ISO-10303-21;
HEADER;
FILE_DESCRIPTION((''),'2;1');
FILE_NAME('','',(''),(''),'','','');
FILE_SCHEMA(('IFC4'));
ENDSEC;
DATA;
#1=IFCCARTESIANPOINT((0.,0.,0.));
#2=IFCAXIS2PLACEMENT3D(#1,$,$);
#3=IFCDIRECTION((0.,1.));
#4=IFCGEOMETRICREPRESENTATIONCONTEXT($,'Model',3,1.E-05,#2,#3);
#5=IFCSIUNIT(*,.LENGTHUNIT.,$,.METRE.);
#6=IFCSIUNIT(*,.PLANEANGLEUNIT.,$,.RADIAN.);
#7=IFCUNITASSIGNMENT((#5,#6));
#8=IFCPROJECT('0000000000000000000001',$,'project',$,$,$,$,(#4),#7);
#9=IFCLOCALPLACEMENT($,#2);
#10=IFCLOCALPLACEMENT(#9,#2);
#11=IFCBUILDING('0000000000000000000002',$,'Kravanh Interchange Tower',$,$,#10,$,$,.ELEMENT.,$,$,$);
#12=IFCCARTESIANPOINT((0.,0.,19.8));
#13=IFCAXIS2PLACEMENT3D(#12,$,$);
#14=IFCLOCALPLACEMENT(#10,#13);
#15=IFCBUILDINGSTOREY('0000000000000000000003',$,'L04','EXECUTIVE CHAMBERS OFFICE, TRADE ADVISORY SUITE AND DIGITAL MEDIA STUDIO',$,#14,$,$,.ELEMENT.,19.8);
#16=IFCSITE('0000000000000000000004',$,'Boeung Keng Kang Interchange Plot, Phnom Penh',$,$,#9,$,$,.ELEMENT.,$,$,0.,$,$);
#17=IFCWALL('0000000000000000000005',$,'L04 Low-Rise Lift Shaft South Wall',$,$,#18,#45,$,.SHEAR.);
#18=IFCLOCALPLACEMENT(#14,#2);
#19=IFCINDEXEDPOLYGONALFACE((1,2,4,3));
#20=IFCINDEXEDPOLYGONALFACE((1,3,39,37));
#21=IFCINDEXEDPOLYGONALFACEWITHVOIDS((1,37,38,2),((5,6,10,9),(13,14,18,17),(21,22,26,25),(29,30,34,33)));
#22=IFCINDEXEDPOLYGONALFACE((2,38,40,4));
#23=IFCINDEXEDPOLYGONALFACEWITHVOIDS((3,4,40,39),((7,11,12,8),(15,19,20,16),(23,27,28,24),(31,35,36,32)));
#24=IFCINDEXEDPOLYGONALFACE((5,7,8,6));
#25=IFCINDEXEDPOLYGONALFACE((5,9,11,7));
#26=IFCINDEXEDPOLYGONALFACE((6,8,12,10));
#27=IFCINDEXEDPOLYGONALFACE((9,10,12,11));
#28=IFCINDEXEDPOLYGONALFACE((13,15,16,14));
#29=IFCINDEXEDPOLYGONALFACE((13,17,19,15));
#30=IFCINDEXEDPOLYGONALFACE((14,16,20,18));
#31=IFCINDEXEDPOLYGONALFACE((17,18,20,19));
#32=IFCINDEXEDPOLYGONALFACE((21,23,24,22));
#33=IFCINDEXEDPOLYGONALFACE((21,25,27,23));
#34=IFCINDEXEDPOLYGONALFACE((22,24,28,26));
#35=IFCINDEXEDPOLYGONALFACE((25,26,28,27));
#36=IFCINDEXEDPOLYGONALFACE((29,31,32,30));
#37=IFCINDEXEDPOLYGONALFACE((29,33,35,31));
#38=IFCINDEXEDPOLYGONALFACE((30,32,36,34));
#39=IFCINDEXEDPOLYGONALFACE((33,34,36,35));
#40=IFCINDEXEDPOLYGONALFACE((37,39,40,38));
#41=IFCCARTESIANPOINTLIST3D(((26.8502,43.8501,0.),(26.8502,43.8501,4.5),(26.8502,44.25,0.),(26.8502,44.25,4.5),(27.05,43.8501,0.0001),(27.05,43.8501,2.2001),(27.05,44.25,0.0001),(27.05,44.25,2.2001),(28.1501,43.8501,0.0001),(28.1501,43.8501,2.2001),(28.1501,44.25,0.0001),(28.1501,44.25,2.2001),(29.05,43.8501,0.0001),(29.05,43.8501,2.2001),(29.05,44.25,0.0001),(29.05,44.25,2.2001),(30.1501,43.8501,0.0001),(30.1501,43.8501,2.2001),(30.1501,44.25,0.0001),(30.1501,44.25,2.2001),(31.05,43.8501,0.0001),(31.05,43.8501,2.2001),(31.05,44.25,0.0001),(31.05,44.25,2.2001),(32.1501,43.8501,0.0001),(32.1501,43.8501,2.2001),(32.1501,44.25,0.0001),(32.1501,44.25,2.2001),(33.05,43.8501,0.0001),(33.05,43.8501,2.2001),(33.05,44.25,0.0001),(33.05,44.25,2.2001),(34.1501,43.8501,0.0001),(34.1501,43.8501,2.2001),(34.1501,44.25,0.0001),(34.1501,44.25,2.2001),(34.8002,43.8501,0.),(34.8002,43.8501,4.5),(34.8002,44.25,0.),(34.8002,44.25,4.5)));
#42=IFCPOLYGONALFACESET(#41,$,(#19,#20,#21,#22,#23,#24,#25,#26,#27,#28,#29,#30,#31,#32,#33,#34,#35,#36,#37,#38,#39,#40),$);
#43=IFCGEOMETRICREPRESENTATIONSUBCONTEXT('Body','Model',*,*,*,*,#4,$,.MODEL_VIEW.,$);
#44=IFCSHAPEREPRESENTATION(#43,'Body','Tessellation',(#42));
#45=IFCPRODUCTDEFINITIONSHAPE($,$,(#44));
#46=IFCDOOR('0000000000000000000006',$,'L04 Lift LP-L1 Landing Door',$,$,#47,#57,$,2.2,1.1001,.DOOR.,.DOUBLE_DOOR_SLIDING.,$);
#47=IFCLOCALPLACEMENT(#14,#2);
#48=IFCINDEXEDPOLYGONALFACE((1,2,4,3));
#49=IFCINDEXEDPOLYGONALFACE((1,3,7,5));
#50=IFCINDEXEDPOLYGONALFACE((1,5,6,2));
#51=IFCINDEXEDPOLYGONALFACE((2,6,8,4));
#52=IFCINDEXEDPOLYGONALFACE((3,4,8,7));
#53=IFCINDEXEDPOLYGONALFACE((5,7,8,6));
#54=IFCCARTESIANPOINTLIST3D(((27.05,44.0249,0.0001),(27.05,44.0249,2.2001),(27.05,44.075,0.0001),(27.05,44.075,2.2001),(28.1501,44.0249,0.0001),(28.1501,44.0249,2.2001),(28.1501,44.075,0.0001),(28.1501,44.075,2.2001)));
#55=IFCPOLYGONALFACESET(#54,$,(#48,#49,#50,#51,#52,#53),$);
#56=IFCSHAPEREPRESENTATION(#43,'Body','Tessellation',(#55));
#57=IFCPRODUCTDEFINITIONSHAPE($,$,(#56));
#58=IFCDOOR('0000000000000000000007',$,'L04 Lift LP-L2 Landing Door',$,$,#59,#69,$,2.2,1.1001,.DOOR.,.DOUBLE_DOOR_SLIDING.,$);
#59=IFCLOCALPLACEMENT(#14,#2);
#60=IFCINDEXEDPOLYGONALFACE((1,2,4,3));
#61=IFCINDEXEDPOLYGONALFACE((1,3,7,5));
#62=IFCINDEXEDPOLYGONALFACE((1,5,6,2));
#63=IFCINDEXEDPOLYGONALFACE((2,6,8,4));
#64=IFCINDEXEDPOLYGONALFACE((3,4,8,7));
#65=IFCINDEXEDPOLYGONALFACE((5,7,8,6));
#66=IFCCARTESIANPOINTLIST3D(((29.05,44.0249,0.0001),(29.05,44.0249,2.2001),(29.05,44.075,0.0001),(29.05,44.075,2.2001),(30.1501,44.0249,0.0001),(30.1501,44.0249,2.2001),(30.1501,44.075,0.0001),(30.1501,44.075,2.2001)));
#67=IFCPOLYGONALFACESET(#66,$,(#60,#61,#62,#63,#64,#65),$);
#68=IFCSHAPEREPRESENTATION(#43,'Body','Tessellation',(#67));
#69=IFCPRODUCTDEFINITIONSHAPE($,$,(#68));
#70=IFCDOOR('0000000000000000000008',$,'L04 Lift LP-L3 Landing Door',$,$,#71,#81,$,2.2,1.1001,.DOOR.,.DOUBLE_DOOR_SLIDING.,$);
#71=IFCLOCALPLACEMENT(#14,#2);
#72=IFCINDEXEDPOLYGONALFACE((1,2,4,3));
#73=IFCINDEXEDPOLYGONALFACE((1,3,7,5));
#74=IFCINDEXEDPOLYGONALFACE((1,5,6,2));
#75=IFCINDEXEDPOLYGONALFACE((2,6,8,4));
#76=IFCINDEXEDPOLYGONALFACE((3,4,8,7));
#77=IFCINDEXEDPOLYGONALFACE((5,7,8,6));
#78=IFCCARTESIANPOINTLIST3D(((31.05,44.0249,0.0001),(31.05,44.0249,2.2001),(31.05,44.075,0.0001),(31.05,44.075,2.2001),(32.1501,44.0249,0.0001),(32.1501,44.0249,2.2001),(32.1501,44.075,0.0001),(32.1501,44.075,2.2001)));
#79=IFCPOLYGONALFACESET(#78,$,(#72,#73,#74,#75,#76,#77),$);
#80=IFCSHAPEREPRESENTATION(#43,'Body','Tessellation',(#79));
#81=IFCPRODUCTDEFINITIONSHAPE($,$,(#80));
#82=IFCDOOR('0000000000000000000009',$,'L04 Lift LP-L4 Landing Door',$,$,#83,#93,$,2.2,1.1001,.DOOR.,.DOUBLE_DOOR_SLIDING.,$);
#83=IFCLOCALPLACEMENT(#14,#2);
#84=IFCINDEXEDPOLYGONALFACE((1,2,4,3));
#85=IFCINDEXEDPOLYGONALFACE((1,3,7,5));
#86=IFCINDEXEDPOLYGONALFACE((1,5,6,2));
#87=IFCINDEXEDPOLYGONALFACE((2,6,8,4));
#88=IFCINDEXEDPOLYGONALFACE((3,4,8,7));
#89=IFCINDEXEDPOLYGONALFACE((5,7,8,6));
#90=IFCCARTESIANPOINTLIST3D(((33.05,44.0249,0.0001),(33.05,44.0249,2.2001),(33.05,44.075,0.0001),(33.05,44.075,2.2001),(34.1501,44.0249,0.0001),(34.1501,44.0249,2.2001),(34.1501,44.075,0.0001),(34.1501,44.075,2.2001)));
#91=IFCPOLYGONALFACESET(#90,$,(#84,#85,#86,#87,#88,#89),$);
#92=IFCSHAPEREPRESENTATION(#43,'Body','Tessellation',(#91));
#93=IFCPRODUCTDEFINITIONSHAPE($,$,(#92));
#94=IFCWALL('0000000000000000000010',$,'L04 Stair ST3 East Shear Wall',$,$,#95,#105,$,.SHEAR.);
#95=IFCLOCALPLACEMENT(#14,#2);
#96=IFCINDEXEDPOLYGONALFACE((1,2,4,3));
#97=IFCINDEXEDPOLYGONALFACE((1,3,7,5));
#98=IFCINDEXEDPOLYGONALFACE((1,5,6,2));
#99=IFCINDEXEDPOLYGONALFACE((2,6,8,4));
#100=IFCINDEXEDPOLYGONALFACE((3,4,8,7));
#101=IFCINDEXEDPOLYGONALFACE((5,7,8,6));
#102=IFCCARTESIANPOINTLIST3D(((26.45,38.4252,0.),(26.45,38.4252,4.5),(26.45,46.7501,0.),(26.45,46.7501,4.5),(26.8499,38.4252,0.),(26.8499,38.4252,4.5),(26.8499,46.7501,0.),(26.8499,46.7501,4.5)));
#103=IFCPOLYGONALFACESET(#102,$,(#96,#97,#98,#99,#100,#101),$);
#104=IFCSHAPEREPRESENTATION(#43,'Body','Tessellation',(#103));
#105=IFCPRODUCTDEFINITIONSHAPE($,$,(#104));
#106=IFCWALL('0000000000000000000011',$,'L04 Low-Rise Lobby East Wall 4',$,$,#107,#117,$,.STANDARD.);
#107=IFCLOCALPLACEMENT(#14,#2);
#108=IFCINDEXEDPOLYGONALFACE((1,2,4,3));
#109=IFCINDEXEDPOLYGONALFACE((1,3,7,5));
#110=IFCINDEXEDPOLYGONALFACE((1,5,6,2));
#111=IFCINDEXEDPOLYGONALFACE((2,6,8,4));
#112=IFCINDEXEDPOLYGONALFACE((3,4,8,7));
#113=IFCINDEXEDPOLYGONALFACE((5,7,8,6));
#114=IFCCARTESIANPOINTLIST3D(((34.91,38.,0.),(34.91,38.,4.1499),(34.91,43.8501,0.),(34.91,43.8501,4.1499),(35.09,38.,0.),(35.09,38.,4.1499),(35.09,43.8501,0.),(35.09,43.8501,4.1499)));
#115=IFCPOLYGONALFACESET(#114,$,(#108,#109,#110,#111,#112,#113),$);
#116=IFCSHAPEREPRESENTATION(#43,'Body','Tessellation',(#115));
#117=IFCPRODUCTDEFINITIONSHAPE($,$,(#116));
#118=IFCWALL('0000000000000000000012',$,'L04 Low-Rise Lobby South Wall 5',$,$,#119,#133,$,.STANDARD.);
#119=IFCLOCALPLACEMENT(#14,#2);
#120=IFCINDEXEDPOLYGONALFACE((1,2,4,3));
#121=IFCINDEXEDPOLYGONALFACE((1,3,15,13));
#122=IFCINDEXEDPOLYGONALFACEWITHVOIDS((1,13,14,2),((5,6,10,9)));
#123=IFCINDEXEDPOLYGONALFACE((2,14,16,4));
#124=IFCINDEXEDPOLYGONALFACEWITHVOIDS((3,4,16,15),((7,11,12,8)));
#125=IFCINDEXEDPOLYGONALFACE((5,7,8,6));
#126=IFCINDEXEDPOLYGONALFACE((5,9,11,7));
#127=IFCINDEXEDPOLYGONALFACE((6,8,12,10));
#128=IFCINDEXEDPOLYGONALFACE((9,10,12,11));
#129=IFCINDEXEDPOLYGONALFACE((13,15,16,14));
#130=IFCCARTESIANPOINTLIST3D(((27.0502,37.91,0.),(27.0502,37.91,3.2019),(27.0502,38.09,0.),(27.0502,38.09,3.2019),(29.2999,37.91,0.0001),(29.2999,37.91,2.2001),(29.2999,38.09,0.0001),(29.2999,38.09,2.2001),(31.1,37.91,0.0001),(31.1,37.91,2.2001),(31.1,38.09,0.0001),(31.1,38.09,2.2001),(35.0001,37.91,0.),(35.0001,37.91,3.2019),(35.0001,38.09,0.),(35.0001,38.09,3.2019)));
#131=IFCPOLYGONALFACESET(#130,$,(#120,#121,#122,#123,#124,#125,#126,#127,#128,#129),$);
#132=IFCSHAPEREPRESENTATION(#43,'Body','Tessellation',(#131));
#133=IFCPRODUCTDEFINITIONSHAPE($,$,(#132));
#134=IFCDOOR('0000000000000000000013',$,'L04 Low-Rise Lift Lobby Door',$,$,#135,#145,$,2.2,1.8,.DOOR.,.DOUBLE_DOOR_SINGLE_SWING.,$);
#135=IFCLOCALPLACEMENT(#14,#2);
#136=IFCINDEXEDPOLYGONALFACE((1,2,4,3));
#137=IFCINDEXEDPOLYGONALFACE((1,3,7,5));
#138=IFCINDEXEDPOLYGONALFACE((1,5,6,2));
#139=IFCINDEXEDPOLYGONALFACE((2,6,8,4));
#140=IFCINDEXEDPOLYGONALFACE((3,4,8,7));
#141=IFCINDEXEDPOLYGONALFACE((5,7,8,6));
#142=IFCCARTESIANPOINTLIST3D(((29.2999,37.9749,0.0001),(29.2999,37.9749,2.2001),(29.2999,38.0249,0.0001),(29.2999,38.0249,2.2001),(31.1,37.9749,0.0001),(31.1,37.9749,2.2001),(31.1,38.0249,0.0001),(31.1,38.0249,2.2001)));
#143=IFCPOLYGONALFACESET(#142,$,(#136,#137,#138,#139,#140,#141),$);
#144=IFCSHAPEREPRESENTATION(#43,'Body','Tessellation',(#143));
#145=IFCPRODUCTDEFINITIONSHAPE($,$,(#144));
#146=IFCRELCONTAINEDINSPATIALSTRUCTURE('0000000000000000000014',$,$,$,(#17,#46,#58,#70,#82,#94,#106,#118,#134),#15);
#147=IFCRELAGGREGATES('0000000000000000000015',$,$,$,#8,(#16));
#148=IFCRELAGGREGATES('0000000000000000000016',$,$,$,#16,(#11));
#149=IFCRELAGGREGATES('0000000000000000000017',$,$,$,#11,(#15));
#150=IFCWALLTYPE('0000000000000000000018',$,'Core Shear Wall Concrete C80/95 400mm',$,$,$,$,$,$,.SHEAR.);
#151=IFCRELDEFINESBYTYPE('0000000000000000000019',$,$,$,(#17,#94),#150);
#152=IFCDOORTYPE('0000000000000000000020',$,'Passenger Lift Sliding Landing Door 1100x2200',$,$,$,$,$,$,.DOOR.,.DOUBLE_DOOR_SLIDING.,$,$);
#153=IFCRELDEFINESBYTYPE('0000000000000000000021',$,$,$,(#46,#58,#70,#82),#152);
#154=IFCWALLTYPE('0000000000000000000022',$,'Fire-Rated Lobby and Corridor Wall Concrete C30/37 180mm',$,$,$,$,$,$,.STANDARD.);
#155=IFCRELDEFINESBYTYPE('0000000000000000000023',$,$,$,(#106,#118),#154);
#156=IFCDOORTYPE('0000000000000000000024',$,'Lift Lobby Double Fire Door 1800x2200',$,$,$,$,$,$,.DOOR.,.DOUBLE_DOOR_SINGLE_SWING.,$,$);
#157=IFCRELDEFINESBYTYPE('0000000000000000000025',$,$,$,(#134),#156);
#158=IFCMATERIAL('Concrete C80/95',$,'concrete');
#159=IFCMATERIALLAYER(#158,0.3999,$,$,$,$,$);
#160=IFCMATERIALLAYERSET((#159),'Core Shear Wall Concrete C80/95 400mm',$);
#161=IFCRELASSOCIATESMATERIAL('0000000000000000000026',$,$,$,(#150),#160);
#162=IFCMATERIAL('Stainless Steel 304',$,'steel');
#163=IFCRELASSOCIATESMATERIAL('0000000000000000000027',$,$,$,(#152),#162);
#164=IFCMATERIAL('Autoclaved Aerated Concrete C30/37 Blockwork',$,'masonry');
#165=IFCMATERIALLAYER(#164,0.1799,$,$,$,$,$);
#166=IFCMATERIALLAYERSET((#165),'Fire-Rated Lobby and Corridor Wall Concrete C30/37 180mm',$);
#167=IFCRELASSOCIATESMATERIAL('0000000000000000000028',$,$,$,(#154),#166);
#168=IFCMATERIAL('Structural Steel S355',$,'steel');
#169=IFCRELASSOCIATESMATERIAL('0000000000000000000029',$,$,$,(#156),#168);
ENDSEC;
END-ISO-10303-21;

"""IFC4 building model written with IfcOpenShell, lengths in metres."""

from ifc_helpers import new_model, si_unit, direction, frame, frame_2d, origin, place, context, subcontext, project, spatial, rectangle, extrude, material, layer, layer_set, type_object, element, fill, save


model = new_model("IFC4")

# Units and contexts
model_context = context("Model", 3, precision=1e-05, world=origin(), true_north=direction((0.0, 1.0)))
body_context = subcontext(model_context, "Body", "Model", "MODEL_VIEW")
ifc_project = project(units=[si_unit("LENGTHUNIT", "METRE"), si_unit("PLANEANGLEUNIT", "RADIAN")], contexts=[model_context])

# Site, building, storey
site_placement = place(None, origin())
site = spatial("IfcSite", under=ifc_project, at=site_placement, Name="Boeung Keng Kang Interchange Plot, Phnom Penh", CompositionType="ELEMENT", RefElevation=0.0)
building_placement = place(site_placement, origin())
building = spatial("IfcBuilding", under=site, at=building_placement, Name="Kravanh Interchange Tower", CompositionType="ELEMENT")
storey_placement = place(building_placement, frame((0.0, 0.0, 19.8)))
storey = spatial("IfcBuildingStorey", under=building, at=storey_placement, Name="L04", Description="EXECUTIVE CHAMBERS OFFICE, TRADE ADVISORY SUITE AND DIGITAL MEDIA STUDIO", CompositionType="ELEMENT", Elevation=19.8)

# Shared definitions
ifc_material_1 = material(Name="Concrete C80/95", Category="concrete")
ifc_layer_1 = layer(ifc_material_1, 0.3999)
ifc_layer_set_1 = layer_set([ifc_layer_1], Name="Core Shear Wall Concrete C80/95 400mm")
wall_type_1 = type_object("IfcWallType", Name="Core Shear Wall Concrete C80/95 400mm", PredefinedType="SHEAR", material=ifc_layer_set_1)

# Wall, openings, doors
wall_1_placement = place(storey_placement, frame((26.8501, 44.05, 0.0), z_axis=(0.0, 0.0, 1.0), x_axis=(1.0, 0.0, 0.0)))
wall_1 = element("IfcWall", 1, at=wall_1_placement, inside=storey, type_object=wall_type_1, Name="L04 Low-Rise Lift Shaft South Wall", PredefinedType="SHEAR", context=body_context, shape_type="SweptSolid", body=[
    extrude(rectangle(XDim=7.95, YDim=0.3999, at=frame_2d((3.9751, 0.0))), origin(), (0.0, 0.0, 1.0), 4.5),
])
opening_1_placement = place(wall_1_placement, frame((0.2, 0.0, 0.0)))
opening_1 = element("IfcOpeningElement", 2, at=opening_1_placement, cuts=wall_1, PredefinedType="OPENING", context=body_context, shape_type="SweptSolid", body=[
    extrude(rectangle(XDim=1.1001, YDim=2.2, at=frame_2d((0.55, 1.1001))), frame((0.0, 0.21, 0.0), z_axis=(0.0, -1.0, 0.0), x_axis=(1.0, 0.0, 0.0)), (0.0, 0.0, 1.0), 0.4199),
])
opening_2_placement = place(wall_1_placement, frame((2.2, 0.0, 0.0)))
opening_2 = element("IfcOpeningElement", 3, at=opening_2_placement, cuts=wall_1, PredefinedType="OPENING", context=body_context, shape_type="SweptSolid", body=[
    extrude(rectangle(XDim=1.1001, YDim=2.2, at=frame_2d((0.55, 1.1001))), frame((0.0, 0.21, 0.0), z_axis=(0.0, -1.0, 0.0), x_axis=(1.0, 0.0, 0.0)), (0.0, 0.0, 1.0), 0.4199),
])
opening_3_placement = place(wall_1_placement, frame((4.2, 0.0, 0.0)))
opening_3 = element("IfcOpeningElement", 4, at=opening_3_placement, cuts=wall_1, PredefinedType="OPENING", context=body_context, shape_type="SweptSolid", body=[
    extrude(rectangle(XDim=1.1001, YDim=2.2, at=frame_2d((0.55, 1.1001))), frame((0.0, 0.21, 0.0), z_axis=(0.0, -1.0, 0.0), x_axis=(1.0, 0.0, 0.0)), (0.0, 0.0, 1.0), 0.4199),
])
opening_4_placement = place(wall_1_placement, frame((6.2, 0.0, 0.0)))
opening_4 = element("IfcOpeningElement", 5, at=opening_4_placement, cuts=wall_1, PredefinedType="OPENING", context=body_context, shape_type="SweptSolid", body=[
    extrude(rectangle(XDim=1.1001, YDim=2.2, at=frame_2d((0.55, 1.1001))), frame((0.0, 0.21, 0.0), z_axis=(0.0, -1.0, 0.0), x_axis=(1.0, 0.0, 0.0)), (0.0, 0.0, 1.0), 0.4199),
])
ifc_material_2 = material(Name="Stainless Steel 304", Category="steel")
door_type_1 = type_object("IfcDoorType", Name="Passenger Lift Sliding Landing Door 1100x2200", OperationType="DOUBLE_DOOR_SLIDING", PredefinedType="DOOR", material=ifc_material_2)
door_1_placement = place(opening_1_placement, origin())
door_1 = element("IfcDoor", 6, at=door_1_placement, inside=storey, type_object=door_type_1, Name="L04 Lift LP-L1 Landing Door", OperationType="DOUBLE_DOOR_SLIDING", OverallHeight=2.2, OverallWidth=1.1001, PredefinedType="DOOR", context=body_context, shape_type="SweptSolid", body=[
    extrude(rectangle(XDim=1.1001, YDim=2.2, at=frame_2d((0.55, 1.1001))), frame((0.0, 0.0249, 0.0), z_axis=(0.0, -1.0, 0.0), x_axis=(1.0, 0.0, 0.0)), (0.0, 0.0, 1.0), 0.05),
])
fill(opening_1, door_1)
door_2_placement = place(opening_2_placement, origin())
door_2 = element("IfcDoor", 7, at=door_2_placement, inside=storey, type_object=door_type_1, Name="L04 Lift LP-L2 Landing Door", OperationType="DOUBLE_DOOR_SLIDING", OverallHeight=2.2, OverallWidth=1.1001, PredefinedType="DOOR", context=body_context, shape_type="SweptSolid", body=[
    extrude(rectangle(XDim=1.1001, YDim=2.2, at=frame_2d((0.55, 1.1001))), frame((0.0, 0.0249, 0.0), z_axis=(0.0, -1.0, 0.0), x_axis=(1.0, 0.0, 0.0)), (0.0, 0.0, 1.0), 0.05),
])
fill(opening_2, door_2)
door_3_placement = place(opening_3_placement, origin())
door_3 = element("IfcDoor", 8, at=door_3_placement, inside=storey, type_object=door_type_1, Name="L04 Lift LP-L3 Landing Door", OperationType="DOUBLE_DOOR_SLIDING", OverallHeight=2.2, OverallWidth=1.1001, PredefinedType="DOOR", context=body_context, shape_type="SweptSolid", body=[
    extrude(rectangle(XDim=1.1001, YDim=2.2, at=frame_2d((0.55, 1.1001))), frame((0.0, 0.0249, 0.0), z_axis=(0.0, -1.0, 0.0), x_axis=(1.0, 0.0, 0.0)), (0.0, 0.0, 1.0), 0.05),
])
fill(opening_3, door_3)
door_4_placement = place(opening_4_placement, origin())
door_4 = element("IfcDoor", 9, at=door_4_placement, inside=storey, type_object=door_type_1, Name="L04 Lift LP-L4 Landing Door", OperationType="DOUBLE_DOOR_SLIDING", OverallHeight=2.2, OverallWidth=1.1001, PredefinedType="DOOR", context=body_context, shape_type="SweptSolid", body=[
    extrude(rectangle(XDim=1.1001, YDim=2.2, at=frame_2d((0.55, 1.1001))), frame((0.0, 0.0249, 0.0), z_axis=(0.0, -1.0, 0.0), x_axis=(1.0, 0.0, 0.0)), (0.0, 0.0, 1.0), 0.05),
])
fill(opening_4, door_4)

# Walls
wall_2_placement = place(storey_placement, frame((26.6499, 38.425, 0.0), z_axis=(0.0, 0.0, 1.0), x_axis=(0.0, 1.0, 0.0)))
element("IfcWall", 10, at=wall_2_placement, inside=storey, type_object=wall_type_1, Name="L04 Stair ST3 East Shear Wall", PredefinedType="SHEAR", context=body_context, shape_type="SweptSolid", body=[
    extrude(rectangle(XDim=8.325, YDim=0.3999, at=frame_2d((4.1626, 0.0))), origin(), (0.0, 0.0, 1.0), 4.5),
])
ifc_material_3 = material(Name="Autoclaved Aerated Concrete C30/37 Blockwork", Category="masonry")
ifc_layer_2 = layer(ifc_material_3, 0.1799)
ifc_layer_set_2 = layer_set([ifc_layer_2], Name="Fire-Rated Lobby and Corridor Wall Concrete C30/37 180mm")
wall_type_2 = type_object("IfcWallType", Name="Fire-Rated Lobby and Corridor Wall Concrete C30/37 180mm", PredefinedType="STANDARD", material=ifc_layer_set_2)
wall_3_placement = place(storey_placement, frame((35.0, 38.0, 0.0), z_axis=(0.0, 0.0, 1.0), x_axis=(0.0, 1.0, 0.0)))
element("IfcWall", 11, at=wall_3_placement, inside=storey, type_object=wall_type_2, Name="L04 Low-Rise Lobby East Wall 4", PredefinedType="STANDARD", context=body_context, shape_type="SweptSolid", body=[
    extrude(rectangle(XDim=5.8501, YDim=0.1799, at=frame_2d((2.925, 0.0))), origin(), (0.0, 0.0, 1.0), 4.1499),
])

# Wall, opening, door
wall_4_placement = place(storey_placement, frame((27.05, 38.0, 0.0), z_axis=(0.0, 0.0, 1.0), x_axis=(1.0, 0.0, 0.0)))
wall_4 = element("IfcWall", 12, at=wall_4_placement, inside=storey, type_object=wall_type_2, Name="L04 Low-Rise Lobby South Wall 5", PredefinedType="STANDARD", context=body_context, shape_type="SweptSolid", body=[
    extrude(rectangle(XDim=7.95, YDim=0.1799, at=frame_2d((3.9751, 0.0))), origin(), (0.0, 0.0, 1.0), 3.2019),
])
opening_5_placement = place(wall_4_placement, frame((2.25, 0.0, 0.0)))
opening_5 = element("IfcOpeningElement", 13, at=opening_5_placement, cuts=wall_4, PredefinedType="OPENING", context=body_context, shape_type="SweptSolid", body=[
    extrude(rectangle(XDim=1.8, YDim=2.2, at=frame_2d((0.8999, 1.1001))), frame((0.0, 0.1001, 0.0), z_axis=(0.0, -1.0, 0.0), x_axis=(1.0, 0.0, 0.0)), (0.0, 0.0, 1.0), 0.2),
])
ifc_material_4 = material(Name="Structural Steel S355", Category="steel")
door_type_2 = type_object("IfcDoorType", Name="Lift Lobby Double Fire Door 1800x2200", OperationType="DOUBLE_DOOR_SINGLE_SWING", PredefinedType="DOOR", material=ifc_material_4)
door_5_placement = place(opening_5_placement, origin())
door_5 = element("IfcDoor", 14, at=door_5_placement, inside=storey, type_object=door_type_2, Name="L04 Low-Rise Lift Lobby Door", OperationType="DOUBLE_DOOR_SINGLE_SWING", OverallHeight=2.2, OverallWidth=1.8, PredefinedType="DOOR", context=body_context, shape_type="SweptSolid", body=[
    extrude(rectangle(XDim=1.8, YDim=2.2, at=frame_2d((0.8999, 1.1001))), frame((0.0, 0.0249, 0.0), z_axis=(0.0, -1.0, 0.0), x_axis=(1.0, 0.0, 0.0)), (0.0, 0.0, 1.0), 0.05),
])
fill(opening_5, door_5)

save(model, "model.ifc")
